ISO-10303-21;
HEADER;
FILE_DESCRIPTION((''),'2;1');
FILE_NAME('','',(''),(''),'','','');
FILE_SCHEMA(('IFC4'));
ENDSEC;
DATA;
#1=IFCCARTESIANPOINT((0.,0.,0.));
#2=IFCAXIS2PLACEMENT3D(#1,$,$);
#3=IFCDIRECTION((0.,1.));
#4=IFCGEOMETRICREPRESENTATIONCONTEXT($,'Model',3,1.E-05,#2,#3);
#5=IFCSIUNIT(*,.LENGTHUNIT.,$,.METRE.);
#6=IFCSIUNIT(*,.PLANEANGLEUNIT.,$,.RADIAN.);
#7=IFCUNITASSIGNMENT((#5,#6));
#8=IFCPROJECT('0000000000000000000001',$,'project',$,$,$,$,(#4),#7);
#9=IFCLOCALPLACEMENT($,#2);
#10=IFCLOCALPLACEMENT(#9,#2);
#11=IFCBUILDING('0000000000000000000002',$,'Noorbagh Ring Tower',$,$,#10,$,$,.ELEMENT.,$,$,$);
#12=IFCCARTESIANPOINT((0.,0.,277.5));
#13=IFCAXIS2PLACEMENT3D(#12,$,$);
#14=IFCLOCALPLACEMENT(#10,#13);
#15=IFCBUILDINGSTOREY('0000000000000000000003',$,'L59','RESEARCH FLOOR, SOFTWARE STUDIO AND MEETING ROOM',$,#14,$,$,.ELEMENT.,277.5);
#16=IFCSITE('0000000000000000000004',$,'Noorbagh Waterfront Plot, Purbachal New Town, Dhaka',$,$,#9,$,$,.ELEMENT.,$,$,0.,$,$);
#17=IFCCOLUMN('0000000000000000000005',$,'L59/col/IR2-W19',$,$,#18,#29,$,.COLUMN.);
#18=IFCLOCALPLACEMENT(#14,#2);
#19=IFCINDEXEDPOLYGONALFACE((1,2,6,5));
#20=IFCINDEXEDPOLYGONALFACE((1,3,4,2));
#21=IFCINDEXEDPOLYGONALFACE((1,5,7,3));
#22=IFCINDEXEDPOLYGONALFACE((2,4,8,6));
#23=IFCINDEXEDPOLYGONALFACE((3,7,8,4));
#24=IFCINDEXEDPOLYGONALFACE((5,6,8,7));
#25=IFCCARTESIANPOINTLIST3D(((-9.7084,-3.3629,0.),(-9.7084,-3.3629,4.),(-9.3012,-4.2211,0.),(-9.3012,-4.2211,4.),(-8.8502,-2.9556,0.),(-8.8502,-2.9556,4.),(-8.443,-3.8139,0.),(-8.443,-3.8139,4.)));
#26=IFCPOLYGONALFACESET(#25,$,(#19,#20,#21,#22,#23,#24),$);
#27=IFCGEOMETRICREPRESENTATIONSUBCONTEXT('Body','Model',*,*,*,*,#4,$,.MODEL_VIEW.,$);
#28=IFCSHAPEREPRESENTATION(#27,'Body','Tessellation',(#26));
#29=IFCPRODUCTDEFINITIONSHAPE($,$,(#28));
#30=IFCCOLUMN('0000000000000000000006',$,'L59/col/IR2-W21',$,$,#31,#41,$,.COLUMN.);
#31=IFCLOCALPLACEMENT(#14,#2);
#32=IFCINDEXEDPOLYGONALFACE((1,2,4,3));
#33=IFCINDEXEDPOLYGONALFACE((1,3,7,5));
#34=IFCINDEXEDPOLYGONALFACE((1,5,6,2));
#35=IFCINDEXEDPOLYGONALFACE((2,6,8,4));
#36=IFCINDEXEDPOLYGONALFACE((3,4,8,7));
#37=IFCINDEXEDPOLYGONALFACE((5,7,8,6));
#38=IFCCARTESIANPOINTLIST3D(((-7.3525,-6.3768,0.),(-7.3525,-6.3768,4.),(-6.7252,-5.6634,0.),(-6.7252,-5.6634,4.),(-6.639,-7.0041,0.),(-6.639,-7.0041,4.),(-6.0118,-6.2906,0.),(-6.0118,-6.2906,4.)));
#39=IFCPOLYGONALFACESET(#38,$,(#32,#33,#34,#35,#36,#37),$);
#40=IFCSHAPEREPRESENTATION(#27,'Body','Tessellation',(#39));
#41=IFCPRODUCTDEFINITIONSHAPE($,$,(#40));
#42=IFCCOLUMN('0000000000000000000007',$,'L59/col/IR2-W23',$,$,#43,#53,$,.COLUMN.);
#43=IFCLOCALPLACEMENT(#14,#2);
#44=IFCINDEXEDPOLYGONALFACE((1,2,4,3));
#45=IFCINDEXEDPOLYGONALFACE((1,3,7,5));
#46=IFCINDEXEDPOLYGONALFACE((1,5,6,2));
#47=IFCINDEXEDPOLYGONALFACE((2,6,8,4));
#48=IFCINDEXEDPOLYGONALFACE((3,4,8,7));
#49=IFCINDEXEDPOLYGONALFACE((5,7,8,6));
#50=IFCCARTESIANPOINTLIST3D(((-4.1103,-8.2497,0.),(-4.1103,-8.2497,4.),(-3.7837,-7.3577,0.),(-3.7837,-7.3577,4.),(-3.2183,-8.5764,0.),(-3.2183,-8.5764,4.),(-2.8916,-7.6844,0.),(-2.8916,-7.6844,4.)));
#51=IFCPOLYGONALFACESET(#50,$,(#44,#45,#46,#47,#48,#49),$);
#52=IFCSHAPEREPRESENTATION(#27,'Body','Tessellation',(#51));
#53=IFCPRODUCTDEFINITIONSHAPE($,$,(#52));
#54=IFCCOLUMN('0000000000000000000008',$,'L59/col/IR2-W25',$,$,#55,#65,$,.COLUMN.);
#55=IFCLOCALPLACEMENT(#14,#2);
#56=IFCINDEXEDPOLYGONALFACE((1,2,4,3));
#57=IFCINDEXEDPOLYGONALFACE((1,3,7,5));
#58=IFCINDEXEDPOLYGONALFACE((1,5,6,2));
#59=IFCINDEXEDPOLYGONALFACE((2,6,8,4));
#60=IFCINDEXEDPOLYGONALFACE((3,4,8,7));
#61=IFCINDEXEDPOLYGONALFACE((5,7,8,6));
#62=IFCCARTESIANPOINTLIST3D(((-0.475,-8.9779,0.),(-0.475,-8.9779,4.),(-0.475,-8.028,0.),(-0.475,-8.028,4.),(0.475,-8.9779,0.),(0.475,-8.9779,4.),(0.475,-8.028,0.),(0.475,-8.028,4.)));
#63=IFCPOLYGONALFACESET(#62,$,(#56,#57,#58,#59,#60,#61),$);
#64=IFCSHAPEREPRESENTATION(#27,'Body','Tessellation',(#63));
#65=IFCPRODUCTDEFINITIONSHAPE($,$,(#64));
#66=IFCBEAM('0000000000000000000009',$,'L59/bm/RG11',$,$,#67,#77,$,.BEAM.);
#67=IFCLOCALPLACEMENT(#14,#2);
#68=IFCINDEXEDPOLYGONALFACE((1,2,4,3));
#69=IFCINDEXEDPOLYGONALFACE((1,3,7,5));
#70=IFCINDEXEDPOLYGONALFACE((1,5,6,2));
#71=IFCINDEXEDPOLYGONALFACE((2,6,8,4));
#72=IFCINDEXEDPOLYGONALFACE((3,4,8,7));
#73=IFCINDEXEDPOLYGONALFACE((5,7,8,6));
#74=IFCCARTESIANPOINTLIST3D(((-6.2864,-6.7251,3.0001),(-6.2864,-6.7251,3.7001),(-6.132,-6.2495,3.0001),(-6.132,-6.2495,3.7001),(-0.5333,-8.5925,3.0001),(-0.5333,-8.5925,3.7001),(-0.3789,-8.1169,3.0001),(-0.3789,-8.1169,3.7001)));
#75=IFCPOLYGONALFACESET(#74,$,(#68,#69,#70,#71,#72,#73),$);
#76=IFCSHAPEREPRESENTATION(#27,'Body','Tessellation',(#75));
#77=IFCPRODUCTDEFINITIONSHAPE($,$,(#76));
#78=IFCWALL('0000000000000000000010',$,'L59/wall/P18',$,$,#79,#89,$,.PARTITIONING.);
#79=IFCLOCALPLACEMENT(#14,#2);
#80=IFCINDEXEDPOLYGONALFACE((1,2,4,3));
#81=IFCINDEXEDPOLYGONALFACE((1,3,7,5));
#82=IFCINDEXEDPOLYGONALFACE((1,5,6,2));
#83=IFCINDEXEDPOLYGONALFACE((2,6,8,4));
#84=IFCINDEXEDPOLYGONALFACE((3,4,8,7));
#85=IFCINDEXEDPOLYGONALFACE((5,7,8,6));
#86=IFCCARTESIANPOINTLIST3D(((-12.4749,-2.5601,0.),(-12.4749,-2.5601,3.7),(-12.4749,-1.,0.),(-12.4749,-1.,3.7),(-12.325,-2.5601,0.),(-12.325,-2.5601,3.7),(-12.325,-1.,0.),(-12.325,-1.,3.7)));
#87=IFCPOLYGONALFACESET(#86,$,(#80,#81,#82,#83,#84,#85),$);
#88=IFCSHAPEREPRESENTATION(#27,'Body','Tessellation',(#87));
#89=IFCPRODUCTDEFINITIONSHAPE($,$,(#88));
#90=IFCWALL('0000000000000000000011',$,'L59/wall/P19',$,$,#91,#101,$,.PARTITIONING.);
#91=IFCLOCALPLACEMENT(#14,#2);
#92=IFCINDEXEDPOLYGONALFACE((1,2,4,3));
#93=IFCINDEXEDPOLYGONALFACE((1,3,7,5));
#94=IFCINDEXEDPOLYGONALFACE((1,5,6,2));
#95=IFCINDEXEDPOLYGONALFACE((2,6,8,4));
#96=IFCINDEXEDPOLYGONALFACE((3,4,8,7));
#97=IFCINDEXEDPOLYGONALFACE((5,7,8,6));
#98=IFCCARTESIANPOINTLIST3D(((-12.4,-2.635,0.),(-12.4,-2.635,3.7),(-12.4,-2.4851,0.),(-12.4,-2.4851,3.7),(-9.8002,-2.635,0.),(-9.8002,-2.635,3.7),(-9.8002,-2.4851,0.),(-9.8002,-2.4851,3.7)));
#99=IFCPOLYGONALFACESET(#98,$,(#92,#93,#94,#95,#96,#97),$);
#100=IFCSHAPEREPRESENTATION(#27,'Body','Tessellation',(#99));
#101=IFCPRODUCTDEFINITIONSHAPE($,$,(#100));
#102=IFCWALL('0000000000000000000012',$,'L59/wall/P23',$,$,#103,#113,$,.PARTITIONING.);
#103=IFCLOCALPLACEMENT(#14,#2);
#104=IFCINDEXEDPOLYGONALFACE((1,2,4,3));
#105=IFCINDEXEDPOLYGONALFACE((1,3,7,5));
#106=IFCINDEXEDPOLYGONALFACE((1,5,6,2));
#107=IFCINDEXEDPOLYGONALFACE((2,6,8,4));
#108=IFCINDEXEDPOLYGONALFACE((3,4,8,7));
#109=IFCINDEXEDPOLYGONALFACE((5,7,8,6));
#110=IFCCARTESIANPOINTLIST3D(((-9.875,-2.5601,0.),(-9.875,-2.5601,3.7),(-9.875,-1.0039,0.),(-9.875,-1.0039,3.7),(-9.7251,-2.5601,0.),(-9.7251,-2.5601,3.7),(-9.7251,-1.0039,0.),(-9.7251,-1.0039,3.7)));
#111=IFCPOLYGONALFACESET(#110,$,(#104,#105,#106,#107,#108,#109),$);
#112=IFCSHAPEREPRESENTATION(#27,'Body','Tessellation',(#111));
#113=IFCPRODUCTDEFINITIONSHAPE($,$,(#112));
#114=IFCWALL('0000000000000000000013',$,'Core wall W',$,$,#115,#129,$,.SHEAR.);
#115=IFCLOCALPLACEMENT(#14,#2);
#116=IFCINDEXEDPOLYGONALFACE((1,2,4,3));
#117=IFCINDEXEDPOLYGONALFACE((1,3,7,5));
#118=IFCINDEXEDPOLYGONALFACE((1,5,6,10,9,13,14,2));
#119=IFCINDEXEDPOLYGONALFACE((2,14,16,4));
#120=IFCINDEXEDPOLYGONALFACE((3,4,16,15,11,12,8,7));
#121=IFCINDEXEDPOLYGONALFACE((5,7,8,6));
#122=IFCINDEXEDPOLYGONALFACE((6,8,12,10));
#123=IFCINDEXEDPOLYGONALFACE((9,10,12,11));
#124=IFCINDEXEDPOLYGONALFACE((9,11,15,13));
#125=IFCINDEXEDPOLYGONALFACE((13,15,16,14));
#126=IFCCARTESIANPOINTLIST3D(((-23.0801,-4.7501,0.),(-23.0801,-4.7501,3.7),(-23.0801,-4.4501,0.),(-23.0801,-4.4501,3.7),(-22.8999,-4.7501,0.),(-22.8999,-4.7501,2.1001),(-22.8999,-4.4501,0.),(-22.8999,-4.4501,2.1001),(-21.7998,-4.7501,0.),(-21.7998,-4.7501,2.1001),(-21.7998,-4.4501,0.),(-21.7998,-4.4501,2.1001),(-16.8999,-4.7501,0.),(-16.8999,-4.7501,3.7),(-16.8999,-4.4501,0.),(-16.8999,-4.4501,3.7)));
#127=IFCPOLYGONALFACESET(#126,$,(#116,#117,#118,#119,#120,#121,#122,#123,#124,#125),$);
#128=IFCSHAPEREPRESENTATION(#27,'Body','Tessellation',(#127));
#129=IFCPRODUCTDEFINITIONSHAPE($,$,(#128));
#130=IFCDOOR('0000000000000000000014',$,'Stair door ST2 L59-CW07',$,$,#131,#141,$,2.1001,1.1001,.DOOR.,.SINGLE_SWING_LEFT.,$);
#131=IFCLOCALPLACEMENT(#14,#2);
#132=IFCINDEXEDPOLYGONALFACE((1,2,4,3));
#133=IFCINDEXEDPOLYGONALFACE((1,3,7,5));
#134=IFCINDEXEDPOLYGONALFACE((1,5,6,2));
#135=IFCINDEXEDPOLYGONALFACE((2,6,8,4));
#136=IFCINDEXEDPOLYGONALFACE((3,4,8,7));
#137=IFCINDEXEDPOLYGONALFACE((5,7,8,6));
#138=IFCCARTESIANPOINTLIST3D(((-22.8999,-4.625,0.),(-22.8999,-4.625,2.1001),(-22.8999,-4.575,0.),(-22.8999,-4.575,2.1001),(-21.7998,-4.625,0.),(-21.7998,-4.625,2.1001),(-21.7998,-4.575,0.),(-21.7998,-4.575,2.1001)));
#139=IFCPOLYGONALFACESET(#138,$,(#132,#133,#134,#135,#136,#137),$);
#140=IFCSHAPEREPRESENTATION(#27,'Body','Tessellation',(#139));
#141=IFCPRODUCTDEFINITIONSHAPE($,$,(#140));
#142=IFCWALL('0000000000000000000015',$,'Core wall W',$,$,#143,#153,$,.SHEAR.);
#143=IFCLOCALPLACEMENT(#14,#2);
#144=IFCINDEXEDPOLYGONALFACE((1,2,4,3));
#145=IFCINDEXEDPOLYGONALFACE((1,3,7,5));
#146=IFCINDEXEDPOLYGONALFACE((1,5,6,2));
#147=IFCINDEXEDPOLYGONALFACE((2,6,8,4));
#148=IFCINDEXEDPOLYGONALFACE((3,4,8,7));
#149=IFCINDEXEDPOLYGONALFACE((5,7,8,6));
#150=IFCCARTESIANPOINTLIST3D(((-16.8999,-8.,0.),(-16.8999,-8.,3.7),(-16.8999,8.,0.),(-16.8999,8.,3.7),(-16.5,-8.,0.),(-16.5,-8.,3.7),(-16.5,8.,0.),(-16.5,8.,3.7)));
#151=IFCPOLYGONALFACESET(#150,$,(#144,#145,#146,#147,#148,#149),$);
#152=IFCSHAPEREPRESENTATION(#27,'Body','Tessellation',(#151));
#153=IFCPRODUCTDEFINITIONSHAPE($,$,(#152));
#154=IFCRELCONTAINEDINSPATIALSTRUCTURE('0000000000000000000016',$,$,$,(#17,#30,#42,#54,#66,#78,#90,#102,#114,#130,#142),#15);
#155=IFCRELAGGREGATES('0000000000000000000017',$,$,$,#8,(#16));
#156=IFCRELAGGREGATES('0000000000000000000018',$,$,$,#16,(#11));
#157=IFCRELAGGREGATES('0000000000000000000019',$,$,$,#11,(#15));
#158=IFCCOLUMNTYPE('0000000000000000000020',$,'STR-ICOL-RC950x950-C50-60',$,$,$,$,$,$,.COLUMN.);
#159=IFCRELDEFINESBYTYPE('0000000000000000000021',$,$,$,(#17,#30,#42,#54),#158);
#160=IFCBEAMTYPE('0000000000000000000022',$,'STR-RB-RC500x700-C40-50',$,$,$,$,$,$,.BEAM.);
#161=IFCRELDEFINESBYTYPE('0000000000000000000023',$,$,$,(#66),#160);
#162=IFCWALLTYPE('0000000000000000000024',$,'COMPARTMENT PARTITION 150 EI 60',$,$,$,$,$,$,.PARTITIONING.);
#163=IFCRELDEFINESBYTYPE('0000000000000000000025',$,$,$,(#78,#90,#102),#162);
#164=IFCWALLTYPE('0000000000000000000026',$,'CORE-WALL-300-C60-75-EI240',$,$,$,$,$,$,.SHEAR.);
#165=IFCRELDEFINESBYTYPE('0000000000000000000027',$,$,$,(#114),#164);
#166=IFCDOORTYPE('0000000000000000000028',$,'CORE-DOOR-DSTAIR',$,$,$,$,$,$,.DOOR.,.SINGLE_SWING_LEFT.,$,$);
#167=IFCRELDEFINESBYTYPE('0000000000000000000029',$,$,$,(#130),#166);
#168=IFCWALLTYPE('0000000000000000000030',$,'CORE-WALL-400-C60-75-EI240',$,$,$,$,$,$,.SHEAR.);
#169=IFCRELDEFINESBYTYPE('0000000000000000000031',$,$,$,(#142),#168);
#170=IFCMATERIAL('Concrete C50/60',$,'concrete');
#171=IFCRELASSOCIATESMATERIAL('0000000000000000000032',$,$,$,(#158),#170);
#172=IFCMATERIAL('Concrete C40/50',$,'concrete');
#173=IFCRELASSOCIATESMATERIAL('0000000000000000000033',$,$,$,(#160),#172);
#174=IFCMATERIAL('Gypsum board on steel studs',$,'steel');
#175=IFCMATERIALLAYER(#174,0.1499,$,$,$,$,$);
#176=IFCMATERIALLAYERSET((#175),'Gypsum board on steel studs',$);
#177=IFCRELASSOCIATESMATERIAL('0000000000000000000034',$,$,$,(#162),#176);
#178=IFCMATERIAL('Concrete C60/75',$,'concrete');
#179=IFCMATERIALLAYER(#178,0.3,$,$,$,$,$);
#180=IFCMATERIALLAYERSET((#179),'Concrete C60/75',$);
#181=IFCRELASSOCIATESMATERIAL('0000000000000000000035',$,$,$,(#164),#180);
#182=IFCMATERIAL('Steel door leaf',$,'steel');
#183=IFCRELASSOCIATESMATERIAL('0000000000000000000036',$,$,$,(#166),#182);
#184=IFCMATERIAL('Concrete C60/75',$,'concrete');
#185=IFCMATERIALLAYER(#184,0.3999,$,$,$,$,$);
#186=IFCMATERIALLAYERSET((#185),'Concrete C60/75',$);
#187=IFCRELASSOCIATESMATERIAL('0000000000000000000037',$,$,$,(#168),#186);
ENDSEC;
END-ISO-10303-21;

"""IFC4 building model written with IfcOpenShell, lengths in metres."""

from ifc_helpers import new_model, si_unit, direction, frame, frame_2d, origin, origin_2d, place, context, subcontext, project, spatial, rectangle, extrude, material, layer, layer_set, material_profile, profile_set, type_object, element, fill, save


model = new_model("IFC4")

# Units and contexts
model_context = context("Model", 3, precision=1e-05, world=origin(), true_north=direction((0.0, 1.0)))
body_context = subcontext(model_context, "Body", "Model", "MODEL_VIEW")
ifc_project = project(units=[si_unit("LENGTHUNIT", "METRE"), si_unit("PLANEANGLEUNIT", "RADIAN")], contexts=[model_context])

# Site, building, storey
site_placement = place(None, origin())
site = spatial("IfcSite", under=ifc_project, at=site_placement, Name="Noorbagh Waterfront Plot, Purbachal New Town, Dhaka", CompositionType="ELEMENT", RefElevation=0.0)
building_placement = place(site_placement, origin())
building = spatial("IfcBuilding", under=site, at=building_placement, Name="Noorbagh Ring Tower", CompositionType="ELEMENT")
storey_placement = place(building_placement, frame((0.0, 0.0, 277.5)))
storey = spatial("IfcBuildingStorey", under=building, at=storey_placement, Name="L59", Description="RESEARCH FLOOR, SOFTWARE STUDIO AND MEETING ROOM", CompositionType="ELEMENT", Elevation=277.5)

# Columns
ifc_material_1 = material(Name="Concrete C50/60", Category="concrete")
ifc_material_profile_1 = material_profile(ifc_material_1, rectangle(XDim=0.95, YDim=0.95, at=origin_2d()), Name="RC950x950")
ifc_profile_set_1 = profile_set([ifc_material_profile_1], Name="Concrete C50/60")
column_type = type_object("IfcColumnType", Name="STR-ICOL-RC950x950-C50-60", PredefinedType="COLUMN", material=ifc_profile_set_1)
for number, where, z_axis, x_axis, name in (
    (1, (-9.0757, -3.5884, 0.0), (0.0, 0.0, 1.0), (0.428667, -0.903463, 0.0), "L59/col/IR2-W19"),
    (2, (-6.6821, -6.3337, 0.0), (0.0, 0.0, 1.0), (0.751022, -0.660277, 0.0), "L59/col/IR2-W21"),
    (3, (-3.501, -7.967, 0.0), (0.0, 0.0, 1.0), (0.93902, -0.343864, 0.0), "L59/col/IR2-W23"),
    (4, (0.0, -8.5029, 0.0), (0.0, 0.0, 1.0), (1.0, 0.0, 0.0), "L59/col/IR2-W25"),
):
    element("IfcColumn", number, at=place(storey_placement, frame(where, z_axis=z_axis, x_axis=x_axis)), inside=storey, type_object=column_type, Name=name, PredefinedType="COLUMN", context=body_context, shape_type="SweptSolid", body=[
        extrude(rectangle(XDim=0.95, YDim=0.95, at=origin_2d()), origin(), (0.0, 0.0, 1.0), 4.0),
    ])

# Beam
ifc_material_2 = material(Name="Concrete C40/50", Category="concrete")
ifc_material_profile_2 = material_profile(ifc_material_2, rectangle(XDim=0.5, YDim=0.7, at=origin_2d()), Name="RC500x700")
ifc_profile_set_2 = profile_set([ifc_material_profile_2], Name="Concrete C40/50")
beam_type = type_object("IfcBeamType", Name="STR-RB-RC500x700-C40-50", PredefinedType="BEAM", material=ifc_profile_set_2)
beam_placement = place(storey_placement, frame((-6.2092, -6.4873, 3.3501), z_axis=(0.951148, -0.308735, 0.0), x_axis=(0.308735, 0.951148, 0.0)))
element("IfcBeam", 5, at=beam_placement, inside=storey, type_object=beam_type, Name="L59/bm/RG11", PredefinedType="BEAM", context=body_context, shape_type="SweptSolid", body=[
    extrude(rectangle(XDim=0.5, YDim=0.7, at=origin_2d()), origin(), (0.0, 0.0, 1.0), 6.0486),
])

# Walls
ifc_material_3 = material(Name="Gypsum board on steel studs", Category="steel")
ifc_layer_1 = layer(ifc_material_3, 0.1499)
ifc_layer_set_1 = layer_set([ifc_layer_1], Name="Gypsum board on steel studs")
wall_type_1 = type_object("IfcWallType", Name="COMPARTMENT PARTITION 150 EI 60", PredefinedType="PARTITIONING", material=ifc_layer_set_1)
wall_1_placement = place(storey_placement, frame((-12.3999, -2.5601, 0.0), z_axis=(0.0, 0.0, 1.0), x_axis=(0.0, 1.0, 0.0)))
element("IfcWall", 6, at=wall_1_placement, inside=storey, type_object=wall_type_1, Name="L59/wall/P18", PredefinedType="PARTITIONING", context=body_context, shape_type="SweptSolid", body=[
    extrude(rectangle(XDim=1.5601, YDim=0.1499, at=frame_2d((0.78, 0.0))), origin(), (0.0, 0.0, 1.0), 3.7),
])
wall_2_placement = place(storey_placement, frame((-12.3999, -2.5601, 0.0), z_axis=(0.0, 0.0, 1.0), x_axis=(1.0, 0.0, 0.0)))
element("IfcWall", 7, at=wall_2_placement, inside=storey, type_object=wall_type_1, Name="L59/wall/P19", PredefinedType="PARTITIONING", context=body_context, shape_type="SweptSolid", body=[
    extrude(rectangle(XDim=2.5999, YDim=0.1499, at=frame_2d((1.2998, 0.0))), origin(), (0.0, 0.0, 1.0), 3.7),
])
wall_3_placement = place(storey_placement, frame((-9.8, -2.5601, 0.0), z_axis=(0.0, 0.0, 1.0), x_axis=(0.0, 1.0, 0.0)))
element("IfcWall", 8, at=wall_3_placement, inside=storey, type_object=wall_type_1, Name="L59/wall/P23", PredefinedType="PARTITIONING", context=body_context, shape_type="SweptSolid", body=[
    extrude(rectangle(XDim=1.5562, YDim=0.1499, at=frame_2d((0.7781, 0.0))), origin(), (0.0, 0.0, 1.0), 3.7),
])

# Wall, opening, door
ifc_material_4 = material(Name="Concrete C60/75", Category="concrete")
ifc_layer_2 = layer(ifc_material_4, 0.3)
ifc_layer_set_2 = layer_set([ifc_layer_2], Name="Concrete C60/75")
wall_type_2 = type_object("IfcWallType", Name="CORE-WALL-300-C60-75-EI240", PredefinedType="SHEAR", material=ifc_layer_set_2)
wall_4_placement = place(storey_placement, frame((-16.8999, -4.6001, 0.0), z_axis=(0.0, 0.0, 1.0), x_axis=(-1.0, 0.0, 0.0)))
wall_4 = element("IfcWall", 9, at=wall_4_placement, inside=storey, type_object=wall_type_2, Name="Core wall W", PredefinedType="SHEAR", context=body_context, shape_type="SweptSolid", body=[
    extrude(rectangle(XDim=6.1802, YDim=0.3, at=frame_2d((3.0901, 0.0))), origin(), (0.0, 0.0, 1.0), 3.7),
])
opening_1_placement = place(wall_4_placement, frame((4.8999, 0.0, 0.0)))
opening_1 = element("IfcOpeningElement", 10, at=opening_1_placement, cuts=wall_4, PredefinedType="OPENING", context=body_context, shape_type="SweptSolid", body=[
    extrude(rectangle(XDim=1.1001, YDim=2.1001, at=frame_2d((0.55, 1.05))), frame((0.0, 0.1602, 0.0), z_axis=(0.0, -1.0, 0.0), x_axis=(1.0, 0.0, 0.0)), (0.0, 0.0, 1.0), 0.3201),
])
ifc_material_5 = material(Name="Steel door leaf", Category="steel")
door_type_1 = type_object("IfcDoorType", Name="CORE-DOOR-DSTAIR", OperationType="SINGLE_SWING_LEFT", PredefinedType="DOOR", material=ifc_material_5)
door_1_placement = place(opening_1_placement, origin())
door_1 = element("IfcDoor", 11, at=door_1_placement, inside=storey, type_object=door_type_1, Name="Stair door ST2 L59-CW07", OperationType="SINGLE_SWING_LEFT", OverallHeight=2.1001, OverallWidth=1.1001, PredefinedType="DOOR", context=body_context, shape_type="SweptSolid", body=[
    extrude(rectangle(XDim=1.1001, YDim=2.1001, at=frame_2d((0.55, 1.05))), frame((0.0, 0.0249, 0.0), z_axis=(0.0, -1.0, 0.0), x_axis=(1.0, 0.0, 0.0)), (0.0, 0.0, 1.0), 0.05),
])
fill(opening_1, door_1)

# Wall
ifc_material_6 = material(Name="Concrete C60/75", Category="concrete")
ifc_layer_3 = layer(ifc_material_6, 0.3999)
ifc_layer_set_3 = layer_set([ifc_layer_3], Name="Concrete C60/75")
wall_type_3 = type_object("IfcWallType", Name="CORE-WALL-400-C60-75-EI240", PredefinedType="SHEAR", material=ifc_layer_set_3)
wall_5_placement = place(storey_placement, frame((-16.7, -8.0, 0.0), z_axis=(0.0, 0.0, 1.0), x_axis=(0.0, 1.0, 0.0)))
element("IfcWall", 12, at=wall_5_placement, inside=storey, type_object=wall_type_3, Name="Core wall W", PredefinedType="SHEAR", context=body_context, shape_type="SweptSolid", body=[
    extrude(rectangle(XDim=16.0, YDim=0.3999, at=frame_2d((8.0, 0.0))), origin(), (0.0, 0.0, 1.0), 3.7),
])

save(model, "model.ifc")
